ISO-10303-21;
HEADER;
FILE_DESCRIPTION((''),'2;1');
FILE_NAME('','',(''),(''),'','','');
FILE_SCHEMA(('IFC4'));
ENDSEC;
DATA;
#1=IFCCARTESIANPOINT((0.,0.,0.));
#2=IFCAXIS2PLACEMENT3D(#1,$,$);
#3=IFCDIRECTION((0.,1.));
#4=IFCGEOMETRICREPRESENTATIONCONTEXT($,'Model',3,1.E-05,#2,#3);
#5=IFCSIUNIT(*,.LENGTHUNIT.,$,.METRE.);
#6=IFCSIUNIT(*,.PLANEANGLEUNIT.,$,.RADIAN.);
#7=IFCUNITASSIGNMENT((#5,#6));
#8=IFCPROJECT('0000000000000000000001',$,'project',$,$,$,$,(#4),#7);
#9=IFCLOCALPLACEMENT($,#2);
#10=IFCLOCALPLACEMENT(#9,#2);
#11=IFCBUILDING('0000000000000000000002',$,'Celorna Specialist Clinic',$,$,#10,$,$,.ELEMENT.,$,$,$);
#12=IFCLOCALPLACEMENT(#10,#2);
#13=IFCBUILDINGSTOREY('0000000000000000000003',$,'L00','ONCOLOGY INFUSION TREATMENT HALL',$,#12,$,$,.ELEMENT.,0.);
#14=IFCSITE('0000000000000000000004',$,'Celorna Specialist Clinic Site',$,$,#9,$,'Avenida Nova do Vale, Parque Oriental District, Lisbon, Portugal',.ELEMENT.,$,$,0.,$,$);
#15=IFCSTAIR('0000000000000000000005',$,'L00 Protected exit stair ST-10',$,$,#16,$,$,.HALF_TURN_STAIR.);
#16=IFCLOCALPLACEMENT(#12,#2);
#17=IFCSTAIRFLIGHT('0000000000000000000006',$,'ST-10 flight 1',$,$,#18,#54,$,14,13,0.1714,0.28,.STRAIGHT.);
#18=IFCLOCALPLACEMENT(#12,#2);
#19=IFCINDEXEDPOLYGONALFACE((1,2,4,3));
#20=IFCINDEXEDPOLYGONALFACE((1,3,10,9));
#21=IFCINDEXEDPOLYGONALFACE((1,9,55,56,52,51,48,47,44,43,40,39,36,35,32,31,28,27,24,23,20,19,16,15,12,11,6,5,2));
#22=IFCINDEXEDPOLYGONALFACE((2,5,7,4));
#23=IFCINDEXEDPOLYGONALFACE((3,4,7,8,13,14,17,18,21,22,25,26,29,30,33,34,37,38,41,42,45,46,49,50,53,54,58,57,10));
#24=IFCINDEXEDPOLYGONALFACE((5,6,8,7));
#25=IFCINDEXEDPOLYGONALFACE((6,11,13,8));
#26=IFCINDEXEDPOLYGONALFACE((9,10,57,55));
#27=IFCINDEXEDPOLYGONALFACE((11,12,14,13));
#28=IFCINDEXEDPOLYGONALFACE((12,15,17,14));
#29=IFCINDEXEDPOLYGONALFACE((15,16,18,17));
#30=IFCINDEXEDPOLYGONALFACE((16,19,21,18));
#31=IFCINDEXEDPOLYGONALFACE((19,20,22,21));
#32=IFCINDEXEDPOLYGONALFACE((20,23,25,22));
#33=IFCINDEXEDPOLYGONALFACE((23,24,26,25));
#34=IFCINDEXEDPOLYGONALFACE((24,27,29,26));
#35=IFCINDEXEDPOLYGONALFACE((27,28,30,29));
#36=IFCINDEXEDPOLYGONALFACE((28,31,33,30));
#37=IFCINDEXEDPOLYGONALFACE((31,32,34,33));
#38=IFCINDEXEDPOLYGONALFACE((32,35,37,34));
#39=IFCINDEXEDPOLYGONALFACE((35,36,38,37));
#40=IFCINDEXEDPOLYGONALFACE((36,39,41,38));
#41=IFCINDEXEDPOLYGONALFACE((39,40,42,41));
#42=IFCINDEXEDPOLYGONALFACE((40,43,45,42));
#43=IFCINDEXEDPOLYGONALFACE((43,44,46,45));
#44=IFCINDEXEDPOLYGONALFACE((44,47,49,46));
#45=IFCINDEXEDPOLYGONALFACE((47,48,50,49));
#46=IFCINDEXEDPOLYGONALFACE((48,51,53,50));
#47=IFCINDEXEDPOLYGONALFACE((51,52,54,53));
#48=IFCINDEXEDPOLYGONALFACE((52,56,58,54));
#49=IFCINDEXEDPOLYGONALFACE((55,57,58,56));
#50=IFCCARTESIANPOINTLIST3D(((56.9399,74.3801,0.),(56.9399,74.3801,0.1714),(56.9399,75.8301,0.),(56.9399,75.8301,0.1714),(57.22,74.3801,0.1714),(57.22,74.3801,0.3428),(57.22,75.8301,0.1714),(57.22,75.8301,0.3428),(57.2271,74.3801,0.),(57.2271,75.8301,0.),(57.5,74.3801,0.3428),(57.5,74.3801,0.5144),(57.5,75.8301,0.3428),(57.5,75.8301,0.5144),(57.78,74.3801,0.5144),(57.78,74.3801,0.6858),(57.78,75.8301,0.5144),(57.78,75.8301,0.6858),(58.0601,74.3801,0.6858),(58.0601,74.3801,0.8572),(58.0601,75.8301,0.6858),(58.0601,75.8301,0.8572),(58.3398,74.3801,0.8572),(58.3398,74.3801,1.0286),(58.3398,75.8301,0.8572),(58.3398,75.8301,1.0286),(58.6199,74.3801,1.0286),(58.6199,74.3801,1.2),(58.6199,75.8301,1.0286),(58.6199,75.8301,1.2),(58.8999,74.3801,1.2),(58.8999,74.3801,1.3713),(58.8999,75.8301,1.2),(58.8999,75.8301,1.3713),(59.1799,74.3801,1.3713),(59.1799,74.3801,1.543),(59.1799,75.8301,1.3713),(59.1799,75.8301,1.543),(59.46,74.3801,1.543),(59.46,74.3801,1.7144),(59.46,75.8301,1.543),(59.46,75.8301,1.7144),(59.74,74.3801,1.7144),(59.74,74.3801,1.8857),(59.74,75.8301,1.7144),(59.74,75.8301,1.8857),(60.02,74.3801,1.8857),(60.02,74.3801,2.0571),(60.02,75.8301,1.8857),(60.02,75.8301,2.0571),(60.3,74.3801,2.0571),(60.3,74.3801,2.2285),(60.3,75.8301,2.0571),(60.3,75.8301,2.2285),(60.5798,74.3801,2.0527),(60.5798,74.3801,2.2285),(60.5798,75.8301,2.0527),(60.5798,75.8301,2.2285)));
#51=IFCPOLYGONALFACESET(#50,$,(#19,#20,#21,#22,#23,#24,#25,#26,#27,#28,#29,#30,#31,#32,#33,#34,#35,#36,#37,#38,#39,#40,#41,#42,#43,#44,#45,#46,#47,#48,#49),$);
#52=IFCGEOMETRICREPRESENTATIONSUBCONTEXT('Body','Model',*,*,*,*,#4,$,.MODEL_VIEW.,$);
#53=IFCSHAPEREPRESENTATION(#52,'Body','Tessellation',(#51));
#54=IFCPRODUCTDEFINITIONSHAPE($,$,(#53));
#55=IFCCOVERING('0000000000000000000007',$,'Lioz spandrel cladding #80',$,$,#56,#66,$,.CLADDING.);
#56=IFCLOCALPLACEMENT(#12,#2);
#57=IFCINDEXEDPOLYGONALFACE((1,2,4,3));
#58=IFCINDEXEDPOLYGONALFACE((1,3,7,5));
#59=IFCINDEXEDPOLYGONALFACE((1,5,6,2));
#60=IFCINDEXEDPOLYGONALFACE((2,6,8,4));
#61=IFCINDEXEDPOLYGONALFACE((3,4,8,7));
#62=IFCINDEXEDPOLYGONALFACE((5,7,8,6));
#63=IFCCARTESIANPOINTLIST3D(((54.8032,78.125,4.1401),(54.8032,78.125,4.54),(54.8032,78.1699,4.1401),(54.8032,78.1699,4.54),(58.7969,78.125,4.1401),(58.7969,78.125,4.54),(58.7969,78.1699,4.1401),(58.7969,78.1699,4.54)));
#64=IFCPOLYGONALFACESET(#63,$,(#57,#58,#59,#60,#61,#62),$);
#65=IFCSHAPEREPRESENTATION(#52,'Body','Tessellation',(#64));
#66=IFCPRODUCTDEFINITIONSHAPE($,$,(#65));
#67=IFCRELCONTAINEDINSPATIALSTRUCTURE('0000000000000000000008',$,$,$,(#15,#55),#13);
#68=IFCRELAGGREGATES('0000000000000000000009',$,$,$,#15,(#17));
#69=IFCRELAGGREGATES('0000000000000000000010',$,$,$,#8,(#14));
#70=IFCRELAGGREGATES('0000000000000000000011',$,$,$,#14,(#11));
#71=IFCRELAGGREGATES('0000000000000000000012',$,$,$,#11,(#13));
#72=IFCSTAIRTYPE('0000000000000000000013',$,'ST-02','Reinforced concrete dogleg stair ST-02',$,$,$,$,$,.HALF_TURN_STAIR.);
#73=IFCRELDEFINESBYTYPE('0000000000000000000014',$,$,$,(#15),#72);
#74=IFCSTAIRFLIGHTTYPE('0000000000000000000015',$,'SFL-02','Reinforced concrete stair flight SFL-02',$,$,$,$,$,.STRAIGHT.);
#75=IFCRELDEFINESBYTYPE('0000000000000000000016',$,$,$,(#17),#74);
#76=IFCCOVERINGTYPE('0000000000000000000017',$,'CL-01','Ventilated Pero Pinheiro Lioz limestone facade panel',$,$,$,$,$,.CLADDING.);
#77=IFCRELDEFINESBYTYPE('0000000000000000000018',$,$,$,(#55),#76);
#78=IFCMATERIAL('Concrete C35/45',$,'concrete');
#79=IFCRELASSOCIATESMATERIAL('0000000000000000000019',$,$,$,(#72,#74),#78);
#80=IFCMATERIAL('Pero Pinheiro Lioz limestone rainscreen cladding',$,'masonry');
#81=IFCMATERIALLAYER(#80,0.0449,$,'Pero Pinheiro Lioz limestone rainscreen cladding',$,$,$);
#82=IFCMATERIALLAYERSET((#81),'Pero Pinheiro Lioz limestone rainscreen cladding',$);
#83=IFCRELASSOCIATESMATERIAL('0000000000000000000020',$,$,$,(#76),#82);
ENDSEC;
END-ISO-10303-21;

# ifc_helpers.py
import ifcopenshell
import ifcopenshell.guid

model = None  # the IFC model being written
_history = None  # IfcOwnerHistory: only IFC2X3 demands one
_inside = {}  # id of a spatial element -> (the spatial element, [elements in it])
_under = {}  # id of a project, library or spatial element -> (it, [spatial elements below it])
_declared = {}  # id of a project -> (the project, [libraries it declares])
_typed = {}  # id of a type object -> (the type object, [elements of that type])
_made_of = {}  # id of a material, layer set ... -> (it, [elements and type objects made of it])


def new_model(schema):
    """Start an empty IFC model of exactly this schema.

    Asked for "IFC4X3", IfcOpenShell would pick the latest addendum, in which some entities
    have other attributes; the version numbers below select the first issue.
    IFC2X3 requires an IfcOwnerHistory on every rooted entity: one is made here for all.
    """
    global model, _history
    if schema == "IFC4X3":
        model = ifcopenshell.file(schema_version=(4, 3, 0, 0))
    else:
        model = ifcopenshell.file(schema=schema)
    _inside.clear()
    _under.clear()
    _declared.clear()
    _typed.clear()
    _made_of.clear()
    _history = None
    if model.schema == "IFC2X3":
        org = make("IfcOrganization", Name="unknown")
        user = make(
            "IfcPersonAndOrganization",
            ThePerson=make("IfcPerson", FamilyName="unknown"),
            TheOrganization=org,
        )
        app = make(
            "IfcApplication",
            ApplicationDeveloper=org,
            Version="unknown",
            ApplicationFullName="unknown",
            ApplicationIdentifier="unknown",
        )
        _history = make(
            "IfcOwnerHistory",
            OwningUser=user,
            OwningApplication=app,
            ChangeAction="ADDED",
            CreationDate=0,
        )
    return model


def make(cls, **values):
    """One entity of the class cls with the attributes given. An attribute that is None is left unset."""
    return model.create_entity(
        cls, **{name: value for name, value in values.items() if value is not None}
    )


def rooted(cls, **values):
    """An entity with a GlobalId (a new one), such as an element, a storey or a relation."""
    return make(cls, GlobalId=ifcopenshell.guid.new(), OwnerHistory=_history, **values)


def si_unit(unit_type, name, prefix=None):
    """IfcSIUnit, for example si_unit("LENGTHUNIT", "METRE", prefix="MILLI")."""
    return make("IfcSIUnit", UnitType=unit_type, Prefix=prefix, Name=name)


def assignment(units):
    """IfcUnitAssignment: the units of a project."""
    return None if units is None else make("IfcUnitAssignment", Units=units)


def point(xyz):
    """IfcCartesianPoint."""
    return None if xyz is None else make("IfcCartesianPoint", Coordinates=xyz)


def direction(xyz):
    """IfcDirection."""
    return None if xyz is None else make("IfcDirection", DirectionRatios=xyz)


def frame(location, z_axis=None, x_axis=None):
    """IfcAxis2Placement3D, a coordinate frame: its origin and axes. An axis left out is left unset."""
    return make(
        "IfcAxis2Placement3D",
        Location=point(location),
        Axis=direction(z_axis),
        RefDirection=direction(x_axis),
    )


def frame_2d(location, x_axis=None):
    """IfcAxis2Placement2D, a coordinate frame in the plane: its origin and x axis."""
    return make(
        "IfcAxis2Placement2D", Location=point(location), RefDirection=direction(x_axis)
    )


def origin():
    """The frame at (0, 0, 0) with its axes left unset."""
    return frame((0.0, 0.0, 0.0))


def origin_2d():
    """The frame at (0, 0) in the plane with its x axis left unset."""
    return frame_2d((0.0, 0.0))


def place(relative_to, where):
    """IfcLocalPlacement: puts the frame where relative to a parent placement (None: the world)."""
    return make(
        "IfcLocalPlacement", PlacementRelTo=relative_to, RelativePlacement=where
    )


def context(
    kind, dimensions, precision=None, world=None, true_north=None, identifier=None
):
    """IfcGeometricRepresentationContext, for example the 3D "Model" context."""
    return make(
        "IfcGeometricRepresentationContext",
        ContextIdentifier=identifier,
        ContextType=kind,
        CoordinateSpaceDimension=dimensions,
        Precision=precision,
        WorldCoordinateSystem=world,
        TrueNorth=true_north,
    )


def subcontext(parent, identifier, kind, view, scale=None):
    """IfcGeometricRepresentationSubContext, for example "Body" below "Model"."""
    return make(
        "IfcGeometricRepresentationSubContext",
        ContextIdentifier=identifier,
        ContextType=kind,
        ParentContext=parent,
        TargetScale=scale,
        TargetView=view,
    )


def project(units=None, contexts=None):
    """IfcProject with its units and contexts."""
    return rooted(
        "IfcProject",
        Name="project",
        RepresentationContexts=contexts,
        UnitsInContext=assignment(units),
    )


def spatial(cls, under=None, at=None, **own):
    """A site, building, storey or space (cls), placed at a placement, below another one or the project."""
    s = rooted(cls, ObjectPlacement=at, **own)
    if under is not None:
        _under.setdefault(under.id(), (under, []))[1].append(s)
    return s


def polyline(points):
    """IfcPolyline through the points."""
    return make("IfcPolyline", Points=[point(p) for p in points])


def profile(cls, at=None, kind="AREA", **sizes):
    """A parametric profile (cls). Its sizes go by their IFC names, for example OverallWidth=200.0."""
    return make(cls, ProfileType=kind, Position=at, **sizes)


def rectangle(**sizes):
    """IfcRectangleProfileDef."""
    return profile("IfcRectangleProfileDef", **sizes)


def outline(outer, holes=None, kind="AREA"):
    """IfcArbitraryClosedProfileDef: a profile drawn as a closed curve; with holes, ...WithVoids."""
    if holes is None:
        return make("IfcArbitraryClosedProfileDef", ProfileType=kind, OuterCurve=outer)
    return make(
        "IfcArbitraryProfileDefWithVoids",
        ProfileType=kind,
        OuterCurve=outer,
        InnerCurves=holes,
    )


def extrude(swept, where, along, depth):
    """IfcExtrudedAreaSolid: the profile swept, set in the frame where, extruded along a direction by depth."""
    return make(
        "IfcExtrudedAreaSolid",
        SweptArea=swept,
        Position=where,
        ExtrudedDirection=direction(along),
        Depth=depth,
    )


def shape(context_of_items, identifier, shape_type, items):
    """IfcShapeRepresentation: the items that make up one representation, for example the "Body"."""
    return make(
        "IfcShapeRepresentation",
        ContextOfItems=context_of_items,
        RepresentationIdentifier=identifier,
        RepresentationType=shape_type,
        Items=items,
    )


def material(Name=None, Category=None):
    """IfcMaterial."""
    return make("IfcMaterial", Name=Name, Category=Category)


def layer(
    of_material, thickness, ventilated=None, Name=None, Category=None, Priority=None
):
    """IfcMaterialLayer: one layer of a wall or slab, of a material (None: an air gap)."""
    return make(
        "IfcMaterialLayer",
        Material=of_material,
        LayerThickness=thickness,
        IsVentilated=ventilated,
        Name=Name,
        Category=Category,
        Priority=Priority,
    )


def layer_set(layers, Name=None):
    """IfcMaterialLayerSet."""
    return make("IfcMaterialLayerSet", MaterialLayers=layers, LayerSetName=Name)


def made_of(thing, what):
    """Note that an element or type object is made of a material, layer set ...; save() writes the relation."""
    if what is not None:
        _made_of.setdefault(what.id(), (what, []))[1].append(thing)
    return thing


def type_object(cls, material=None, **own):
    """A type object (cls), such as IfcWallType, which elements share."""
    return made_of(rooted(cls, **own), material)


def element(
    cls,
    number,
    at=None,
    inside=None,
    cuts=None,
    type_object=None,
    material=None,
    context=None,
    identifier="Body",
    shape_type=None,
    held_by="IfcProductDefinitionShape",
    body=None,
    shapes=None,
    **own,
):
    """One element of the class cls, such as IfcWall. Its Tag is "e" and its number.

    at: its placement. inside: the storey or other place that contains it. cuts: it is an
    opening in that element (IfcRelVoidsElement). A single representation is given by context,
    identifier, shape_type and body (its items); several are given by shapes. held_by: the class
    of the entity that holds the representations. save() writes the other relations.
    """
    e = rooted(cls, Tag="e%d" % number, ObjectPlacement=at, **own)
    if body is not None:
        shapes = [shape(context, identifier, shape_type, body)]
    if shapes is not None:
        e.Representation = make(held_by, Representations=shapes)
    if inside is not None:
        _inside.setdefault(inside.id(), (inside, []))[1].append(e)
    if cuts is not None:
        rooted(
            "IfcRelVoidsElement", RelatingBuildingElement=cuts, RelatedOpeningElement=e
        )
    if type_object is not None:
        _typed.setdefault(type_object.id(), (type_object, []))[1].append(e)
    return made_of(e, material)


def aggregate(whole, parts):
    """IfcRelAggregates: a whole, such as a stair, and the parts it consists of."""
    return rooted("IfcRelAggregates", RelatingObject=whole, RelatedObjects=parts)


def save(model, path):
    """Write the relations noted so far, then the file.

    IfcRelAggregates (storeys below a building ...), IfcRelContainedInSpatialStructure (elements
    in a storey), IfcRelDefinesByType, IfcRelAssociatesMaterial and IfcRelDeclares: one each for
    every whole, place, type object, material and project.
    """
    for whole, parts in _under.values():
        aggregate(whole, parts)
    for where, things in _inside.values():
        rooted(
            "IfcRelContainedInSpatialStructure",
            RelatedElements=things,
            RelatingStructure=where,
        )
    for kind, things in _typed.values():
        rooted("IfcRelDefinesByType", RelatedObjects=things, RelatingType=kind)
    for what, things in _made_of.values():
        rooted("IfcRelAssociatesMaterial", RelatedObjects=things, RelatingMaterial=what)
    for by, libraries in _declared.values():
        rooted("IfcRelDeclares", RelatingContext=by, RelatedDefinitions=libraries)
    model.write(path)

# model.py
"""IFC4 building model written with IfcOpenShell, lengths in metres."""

from ifc_helpers import new_model, si_unit, direction, frame, origin, origin_2d, place, context, subcontext, project, spatial, polyline, rectangle, outline, extrude, material, layer, layer_set, type_object, element, aggregate, save


model = new_model("IFC4")

# Units and contexts
model_context = context("Model", 3, precision=1e-05, world=origin(), true_north=direction((0.0, 1.0)))
body_context = subcontext(model_context, "Body", "Model", "MODEL_VIEW")
ifc_project = project(units=[si_unit("LENGTHUNIT", "METRE"), si_unit("PLANEANGLEUNIT", "RADIAN")], contexts=[model_context])

# Site, building, storey
site_placement = place(None, origin())
site = spatial("IfcSite", under=ifc_project, at=site_placement, Name="Celorna Specialist Clinic Site", LongName="Avenida Nova do Vale, Parque Oriental District, Lisbon, Portugal", CompositionType="ELEMENT", RefElevation=0.0)
building_placement = place(site_placement, origin())
building = spatial("IfcBuilding", under=site, at=building_placement, Name="Celorna Specialist Clinic", CompositionType="ELEMENT")
storey_placement = place(building_placement, origin())
storey = spatial("IfcBuildingStorey", under=building, at=storey_placement, Name="L00", Description="ONCOLOGY INFUSION TREATMENT HALL", CompositionType="ELEMENT", Elevation=0.0)

# Shared definitions
ifc_material_1 = material(Name="Concrete C35/45", Category="concrete")

# Stair, stair flight
stair_type = type_object("IfcStairType", Name="ST-02", Description="Reinforced concrete dogleg stair ST-02", PredefinedType="HALF_TURN_STAIR", material=ifc_material_1)
stair_placement = place(storey_placement, origin())
stair = element("IfcStair", 1, at=stair_placement, inside=storey, type_object=stair_type, Name="L00 Protected exit stair ST-10", PredefinedType="HALF_TURN_STAIR")
stair_flight_type = type_object("IfcStairFlightType", Name="SFL-02", Description="Reinforced concrete stair flight SFL-02", PredefinedType="STRAIGHT", material=ifc_material_1)
stair_flight_placement = place(storey_placement, frame((56.9399, 75.105, 0.0), z_axis=(0.0, 0.0, 1.0), x_axis=(1.0, 0.0, 0.0)))
stair_flight = element("IfcStairFlight", 2, at=stair_flight_placement, type_object=stair_flight_type, Name="ST-10 flight 1", NumberOfRisers=14, NumberOfTreads=13, PredefinedType="STRAIGHT", RiserHeight=0.1714, TreadLength=0.28, context=body_context, shape_type="SweptSolid", body=[
    extrude(outline(polyline([(0.0, 0.0), (0.0, 0.1714), (0.28, 0.1714), (0.28, 0.3428), (0.5601, 0.3428), (0.5601, 0.5144), (0.8401, 0.5144), (0.8401, 0.6858), (1.1201, 0.6858), (1.1201, 0.8572), (1.3999, 0.8572), (1.3999, 1.0286), (1.6799, 1.0286), (1.6799, 1.2), (1.96, 1.2), (1.96, 1.3713), (2.24, 1.3713), (2.24, 1.543), (2.52, 1.543), (2.52, 1.7144), (2.8, 1.7144), (2.8, 1.8857), (3.0801, 1.8857), (3.0801, 2.0571), (3.3601, 2.0571), (3.3601, 2.2285), (3.6399, 2.2285), (3.6399, 2.3999), (3.6399, 2.0527), (0.2871, 0.0), (0.0, 0.0)])), frame((0.0, 0.7251, 0.0), z_axis=(0.0, -1.0, 0.0), x_axis=(1.0, 0.0, 0.0)), (0.0, 0.0, 1.0), 1.45),
])
aggregate(stair, [stair_flight])

# Covering
ifc_material_2 = material(Name="Pero Pinheiro Lioz limestone rainscreen cladding", Category="masonry")
ifc_layer_1 = layer(ifc_material_2, 0.0449, Name="Pero Pinheiro Lioz limestone rainscreen cladding")
ifc_layer_set_1 = layer_set([ifc_layer_1], Name="Pero Pinheiro Lioz limestone rainscreen cladding")
covering_type = type_object("IfcCoveringType", Name="CL-01", Description="Ventilated Pero Pinheiro Lioz limestone facade panel", PredefinedType="CLADDING", material=ifc_layer_set_1)
covering_placement = place(storey_placement, frame((56.8, 78.1475, 4.1401), z_axis=(0.0, 0.0, 1.0), x_axis=(1.0, 0.0, 0.0)))
element("IfcCovering", 3, at=covering_placement, inside=storey, type_object=covering_type, Name="Lioz spandrel cladding #80", PredefinedType="CLADDING", context=body_context, shape_type="SweptSolid", body=[
    extrude(rectangle(XDim=3.9937, YDim=0.0449, at=origin_2d()), origin(), (0.0, 0.0, 1.0), 0.3999),
])

save(model, "model.ifc")
